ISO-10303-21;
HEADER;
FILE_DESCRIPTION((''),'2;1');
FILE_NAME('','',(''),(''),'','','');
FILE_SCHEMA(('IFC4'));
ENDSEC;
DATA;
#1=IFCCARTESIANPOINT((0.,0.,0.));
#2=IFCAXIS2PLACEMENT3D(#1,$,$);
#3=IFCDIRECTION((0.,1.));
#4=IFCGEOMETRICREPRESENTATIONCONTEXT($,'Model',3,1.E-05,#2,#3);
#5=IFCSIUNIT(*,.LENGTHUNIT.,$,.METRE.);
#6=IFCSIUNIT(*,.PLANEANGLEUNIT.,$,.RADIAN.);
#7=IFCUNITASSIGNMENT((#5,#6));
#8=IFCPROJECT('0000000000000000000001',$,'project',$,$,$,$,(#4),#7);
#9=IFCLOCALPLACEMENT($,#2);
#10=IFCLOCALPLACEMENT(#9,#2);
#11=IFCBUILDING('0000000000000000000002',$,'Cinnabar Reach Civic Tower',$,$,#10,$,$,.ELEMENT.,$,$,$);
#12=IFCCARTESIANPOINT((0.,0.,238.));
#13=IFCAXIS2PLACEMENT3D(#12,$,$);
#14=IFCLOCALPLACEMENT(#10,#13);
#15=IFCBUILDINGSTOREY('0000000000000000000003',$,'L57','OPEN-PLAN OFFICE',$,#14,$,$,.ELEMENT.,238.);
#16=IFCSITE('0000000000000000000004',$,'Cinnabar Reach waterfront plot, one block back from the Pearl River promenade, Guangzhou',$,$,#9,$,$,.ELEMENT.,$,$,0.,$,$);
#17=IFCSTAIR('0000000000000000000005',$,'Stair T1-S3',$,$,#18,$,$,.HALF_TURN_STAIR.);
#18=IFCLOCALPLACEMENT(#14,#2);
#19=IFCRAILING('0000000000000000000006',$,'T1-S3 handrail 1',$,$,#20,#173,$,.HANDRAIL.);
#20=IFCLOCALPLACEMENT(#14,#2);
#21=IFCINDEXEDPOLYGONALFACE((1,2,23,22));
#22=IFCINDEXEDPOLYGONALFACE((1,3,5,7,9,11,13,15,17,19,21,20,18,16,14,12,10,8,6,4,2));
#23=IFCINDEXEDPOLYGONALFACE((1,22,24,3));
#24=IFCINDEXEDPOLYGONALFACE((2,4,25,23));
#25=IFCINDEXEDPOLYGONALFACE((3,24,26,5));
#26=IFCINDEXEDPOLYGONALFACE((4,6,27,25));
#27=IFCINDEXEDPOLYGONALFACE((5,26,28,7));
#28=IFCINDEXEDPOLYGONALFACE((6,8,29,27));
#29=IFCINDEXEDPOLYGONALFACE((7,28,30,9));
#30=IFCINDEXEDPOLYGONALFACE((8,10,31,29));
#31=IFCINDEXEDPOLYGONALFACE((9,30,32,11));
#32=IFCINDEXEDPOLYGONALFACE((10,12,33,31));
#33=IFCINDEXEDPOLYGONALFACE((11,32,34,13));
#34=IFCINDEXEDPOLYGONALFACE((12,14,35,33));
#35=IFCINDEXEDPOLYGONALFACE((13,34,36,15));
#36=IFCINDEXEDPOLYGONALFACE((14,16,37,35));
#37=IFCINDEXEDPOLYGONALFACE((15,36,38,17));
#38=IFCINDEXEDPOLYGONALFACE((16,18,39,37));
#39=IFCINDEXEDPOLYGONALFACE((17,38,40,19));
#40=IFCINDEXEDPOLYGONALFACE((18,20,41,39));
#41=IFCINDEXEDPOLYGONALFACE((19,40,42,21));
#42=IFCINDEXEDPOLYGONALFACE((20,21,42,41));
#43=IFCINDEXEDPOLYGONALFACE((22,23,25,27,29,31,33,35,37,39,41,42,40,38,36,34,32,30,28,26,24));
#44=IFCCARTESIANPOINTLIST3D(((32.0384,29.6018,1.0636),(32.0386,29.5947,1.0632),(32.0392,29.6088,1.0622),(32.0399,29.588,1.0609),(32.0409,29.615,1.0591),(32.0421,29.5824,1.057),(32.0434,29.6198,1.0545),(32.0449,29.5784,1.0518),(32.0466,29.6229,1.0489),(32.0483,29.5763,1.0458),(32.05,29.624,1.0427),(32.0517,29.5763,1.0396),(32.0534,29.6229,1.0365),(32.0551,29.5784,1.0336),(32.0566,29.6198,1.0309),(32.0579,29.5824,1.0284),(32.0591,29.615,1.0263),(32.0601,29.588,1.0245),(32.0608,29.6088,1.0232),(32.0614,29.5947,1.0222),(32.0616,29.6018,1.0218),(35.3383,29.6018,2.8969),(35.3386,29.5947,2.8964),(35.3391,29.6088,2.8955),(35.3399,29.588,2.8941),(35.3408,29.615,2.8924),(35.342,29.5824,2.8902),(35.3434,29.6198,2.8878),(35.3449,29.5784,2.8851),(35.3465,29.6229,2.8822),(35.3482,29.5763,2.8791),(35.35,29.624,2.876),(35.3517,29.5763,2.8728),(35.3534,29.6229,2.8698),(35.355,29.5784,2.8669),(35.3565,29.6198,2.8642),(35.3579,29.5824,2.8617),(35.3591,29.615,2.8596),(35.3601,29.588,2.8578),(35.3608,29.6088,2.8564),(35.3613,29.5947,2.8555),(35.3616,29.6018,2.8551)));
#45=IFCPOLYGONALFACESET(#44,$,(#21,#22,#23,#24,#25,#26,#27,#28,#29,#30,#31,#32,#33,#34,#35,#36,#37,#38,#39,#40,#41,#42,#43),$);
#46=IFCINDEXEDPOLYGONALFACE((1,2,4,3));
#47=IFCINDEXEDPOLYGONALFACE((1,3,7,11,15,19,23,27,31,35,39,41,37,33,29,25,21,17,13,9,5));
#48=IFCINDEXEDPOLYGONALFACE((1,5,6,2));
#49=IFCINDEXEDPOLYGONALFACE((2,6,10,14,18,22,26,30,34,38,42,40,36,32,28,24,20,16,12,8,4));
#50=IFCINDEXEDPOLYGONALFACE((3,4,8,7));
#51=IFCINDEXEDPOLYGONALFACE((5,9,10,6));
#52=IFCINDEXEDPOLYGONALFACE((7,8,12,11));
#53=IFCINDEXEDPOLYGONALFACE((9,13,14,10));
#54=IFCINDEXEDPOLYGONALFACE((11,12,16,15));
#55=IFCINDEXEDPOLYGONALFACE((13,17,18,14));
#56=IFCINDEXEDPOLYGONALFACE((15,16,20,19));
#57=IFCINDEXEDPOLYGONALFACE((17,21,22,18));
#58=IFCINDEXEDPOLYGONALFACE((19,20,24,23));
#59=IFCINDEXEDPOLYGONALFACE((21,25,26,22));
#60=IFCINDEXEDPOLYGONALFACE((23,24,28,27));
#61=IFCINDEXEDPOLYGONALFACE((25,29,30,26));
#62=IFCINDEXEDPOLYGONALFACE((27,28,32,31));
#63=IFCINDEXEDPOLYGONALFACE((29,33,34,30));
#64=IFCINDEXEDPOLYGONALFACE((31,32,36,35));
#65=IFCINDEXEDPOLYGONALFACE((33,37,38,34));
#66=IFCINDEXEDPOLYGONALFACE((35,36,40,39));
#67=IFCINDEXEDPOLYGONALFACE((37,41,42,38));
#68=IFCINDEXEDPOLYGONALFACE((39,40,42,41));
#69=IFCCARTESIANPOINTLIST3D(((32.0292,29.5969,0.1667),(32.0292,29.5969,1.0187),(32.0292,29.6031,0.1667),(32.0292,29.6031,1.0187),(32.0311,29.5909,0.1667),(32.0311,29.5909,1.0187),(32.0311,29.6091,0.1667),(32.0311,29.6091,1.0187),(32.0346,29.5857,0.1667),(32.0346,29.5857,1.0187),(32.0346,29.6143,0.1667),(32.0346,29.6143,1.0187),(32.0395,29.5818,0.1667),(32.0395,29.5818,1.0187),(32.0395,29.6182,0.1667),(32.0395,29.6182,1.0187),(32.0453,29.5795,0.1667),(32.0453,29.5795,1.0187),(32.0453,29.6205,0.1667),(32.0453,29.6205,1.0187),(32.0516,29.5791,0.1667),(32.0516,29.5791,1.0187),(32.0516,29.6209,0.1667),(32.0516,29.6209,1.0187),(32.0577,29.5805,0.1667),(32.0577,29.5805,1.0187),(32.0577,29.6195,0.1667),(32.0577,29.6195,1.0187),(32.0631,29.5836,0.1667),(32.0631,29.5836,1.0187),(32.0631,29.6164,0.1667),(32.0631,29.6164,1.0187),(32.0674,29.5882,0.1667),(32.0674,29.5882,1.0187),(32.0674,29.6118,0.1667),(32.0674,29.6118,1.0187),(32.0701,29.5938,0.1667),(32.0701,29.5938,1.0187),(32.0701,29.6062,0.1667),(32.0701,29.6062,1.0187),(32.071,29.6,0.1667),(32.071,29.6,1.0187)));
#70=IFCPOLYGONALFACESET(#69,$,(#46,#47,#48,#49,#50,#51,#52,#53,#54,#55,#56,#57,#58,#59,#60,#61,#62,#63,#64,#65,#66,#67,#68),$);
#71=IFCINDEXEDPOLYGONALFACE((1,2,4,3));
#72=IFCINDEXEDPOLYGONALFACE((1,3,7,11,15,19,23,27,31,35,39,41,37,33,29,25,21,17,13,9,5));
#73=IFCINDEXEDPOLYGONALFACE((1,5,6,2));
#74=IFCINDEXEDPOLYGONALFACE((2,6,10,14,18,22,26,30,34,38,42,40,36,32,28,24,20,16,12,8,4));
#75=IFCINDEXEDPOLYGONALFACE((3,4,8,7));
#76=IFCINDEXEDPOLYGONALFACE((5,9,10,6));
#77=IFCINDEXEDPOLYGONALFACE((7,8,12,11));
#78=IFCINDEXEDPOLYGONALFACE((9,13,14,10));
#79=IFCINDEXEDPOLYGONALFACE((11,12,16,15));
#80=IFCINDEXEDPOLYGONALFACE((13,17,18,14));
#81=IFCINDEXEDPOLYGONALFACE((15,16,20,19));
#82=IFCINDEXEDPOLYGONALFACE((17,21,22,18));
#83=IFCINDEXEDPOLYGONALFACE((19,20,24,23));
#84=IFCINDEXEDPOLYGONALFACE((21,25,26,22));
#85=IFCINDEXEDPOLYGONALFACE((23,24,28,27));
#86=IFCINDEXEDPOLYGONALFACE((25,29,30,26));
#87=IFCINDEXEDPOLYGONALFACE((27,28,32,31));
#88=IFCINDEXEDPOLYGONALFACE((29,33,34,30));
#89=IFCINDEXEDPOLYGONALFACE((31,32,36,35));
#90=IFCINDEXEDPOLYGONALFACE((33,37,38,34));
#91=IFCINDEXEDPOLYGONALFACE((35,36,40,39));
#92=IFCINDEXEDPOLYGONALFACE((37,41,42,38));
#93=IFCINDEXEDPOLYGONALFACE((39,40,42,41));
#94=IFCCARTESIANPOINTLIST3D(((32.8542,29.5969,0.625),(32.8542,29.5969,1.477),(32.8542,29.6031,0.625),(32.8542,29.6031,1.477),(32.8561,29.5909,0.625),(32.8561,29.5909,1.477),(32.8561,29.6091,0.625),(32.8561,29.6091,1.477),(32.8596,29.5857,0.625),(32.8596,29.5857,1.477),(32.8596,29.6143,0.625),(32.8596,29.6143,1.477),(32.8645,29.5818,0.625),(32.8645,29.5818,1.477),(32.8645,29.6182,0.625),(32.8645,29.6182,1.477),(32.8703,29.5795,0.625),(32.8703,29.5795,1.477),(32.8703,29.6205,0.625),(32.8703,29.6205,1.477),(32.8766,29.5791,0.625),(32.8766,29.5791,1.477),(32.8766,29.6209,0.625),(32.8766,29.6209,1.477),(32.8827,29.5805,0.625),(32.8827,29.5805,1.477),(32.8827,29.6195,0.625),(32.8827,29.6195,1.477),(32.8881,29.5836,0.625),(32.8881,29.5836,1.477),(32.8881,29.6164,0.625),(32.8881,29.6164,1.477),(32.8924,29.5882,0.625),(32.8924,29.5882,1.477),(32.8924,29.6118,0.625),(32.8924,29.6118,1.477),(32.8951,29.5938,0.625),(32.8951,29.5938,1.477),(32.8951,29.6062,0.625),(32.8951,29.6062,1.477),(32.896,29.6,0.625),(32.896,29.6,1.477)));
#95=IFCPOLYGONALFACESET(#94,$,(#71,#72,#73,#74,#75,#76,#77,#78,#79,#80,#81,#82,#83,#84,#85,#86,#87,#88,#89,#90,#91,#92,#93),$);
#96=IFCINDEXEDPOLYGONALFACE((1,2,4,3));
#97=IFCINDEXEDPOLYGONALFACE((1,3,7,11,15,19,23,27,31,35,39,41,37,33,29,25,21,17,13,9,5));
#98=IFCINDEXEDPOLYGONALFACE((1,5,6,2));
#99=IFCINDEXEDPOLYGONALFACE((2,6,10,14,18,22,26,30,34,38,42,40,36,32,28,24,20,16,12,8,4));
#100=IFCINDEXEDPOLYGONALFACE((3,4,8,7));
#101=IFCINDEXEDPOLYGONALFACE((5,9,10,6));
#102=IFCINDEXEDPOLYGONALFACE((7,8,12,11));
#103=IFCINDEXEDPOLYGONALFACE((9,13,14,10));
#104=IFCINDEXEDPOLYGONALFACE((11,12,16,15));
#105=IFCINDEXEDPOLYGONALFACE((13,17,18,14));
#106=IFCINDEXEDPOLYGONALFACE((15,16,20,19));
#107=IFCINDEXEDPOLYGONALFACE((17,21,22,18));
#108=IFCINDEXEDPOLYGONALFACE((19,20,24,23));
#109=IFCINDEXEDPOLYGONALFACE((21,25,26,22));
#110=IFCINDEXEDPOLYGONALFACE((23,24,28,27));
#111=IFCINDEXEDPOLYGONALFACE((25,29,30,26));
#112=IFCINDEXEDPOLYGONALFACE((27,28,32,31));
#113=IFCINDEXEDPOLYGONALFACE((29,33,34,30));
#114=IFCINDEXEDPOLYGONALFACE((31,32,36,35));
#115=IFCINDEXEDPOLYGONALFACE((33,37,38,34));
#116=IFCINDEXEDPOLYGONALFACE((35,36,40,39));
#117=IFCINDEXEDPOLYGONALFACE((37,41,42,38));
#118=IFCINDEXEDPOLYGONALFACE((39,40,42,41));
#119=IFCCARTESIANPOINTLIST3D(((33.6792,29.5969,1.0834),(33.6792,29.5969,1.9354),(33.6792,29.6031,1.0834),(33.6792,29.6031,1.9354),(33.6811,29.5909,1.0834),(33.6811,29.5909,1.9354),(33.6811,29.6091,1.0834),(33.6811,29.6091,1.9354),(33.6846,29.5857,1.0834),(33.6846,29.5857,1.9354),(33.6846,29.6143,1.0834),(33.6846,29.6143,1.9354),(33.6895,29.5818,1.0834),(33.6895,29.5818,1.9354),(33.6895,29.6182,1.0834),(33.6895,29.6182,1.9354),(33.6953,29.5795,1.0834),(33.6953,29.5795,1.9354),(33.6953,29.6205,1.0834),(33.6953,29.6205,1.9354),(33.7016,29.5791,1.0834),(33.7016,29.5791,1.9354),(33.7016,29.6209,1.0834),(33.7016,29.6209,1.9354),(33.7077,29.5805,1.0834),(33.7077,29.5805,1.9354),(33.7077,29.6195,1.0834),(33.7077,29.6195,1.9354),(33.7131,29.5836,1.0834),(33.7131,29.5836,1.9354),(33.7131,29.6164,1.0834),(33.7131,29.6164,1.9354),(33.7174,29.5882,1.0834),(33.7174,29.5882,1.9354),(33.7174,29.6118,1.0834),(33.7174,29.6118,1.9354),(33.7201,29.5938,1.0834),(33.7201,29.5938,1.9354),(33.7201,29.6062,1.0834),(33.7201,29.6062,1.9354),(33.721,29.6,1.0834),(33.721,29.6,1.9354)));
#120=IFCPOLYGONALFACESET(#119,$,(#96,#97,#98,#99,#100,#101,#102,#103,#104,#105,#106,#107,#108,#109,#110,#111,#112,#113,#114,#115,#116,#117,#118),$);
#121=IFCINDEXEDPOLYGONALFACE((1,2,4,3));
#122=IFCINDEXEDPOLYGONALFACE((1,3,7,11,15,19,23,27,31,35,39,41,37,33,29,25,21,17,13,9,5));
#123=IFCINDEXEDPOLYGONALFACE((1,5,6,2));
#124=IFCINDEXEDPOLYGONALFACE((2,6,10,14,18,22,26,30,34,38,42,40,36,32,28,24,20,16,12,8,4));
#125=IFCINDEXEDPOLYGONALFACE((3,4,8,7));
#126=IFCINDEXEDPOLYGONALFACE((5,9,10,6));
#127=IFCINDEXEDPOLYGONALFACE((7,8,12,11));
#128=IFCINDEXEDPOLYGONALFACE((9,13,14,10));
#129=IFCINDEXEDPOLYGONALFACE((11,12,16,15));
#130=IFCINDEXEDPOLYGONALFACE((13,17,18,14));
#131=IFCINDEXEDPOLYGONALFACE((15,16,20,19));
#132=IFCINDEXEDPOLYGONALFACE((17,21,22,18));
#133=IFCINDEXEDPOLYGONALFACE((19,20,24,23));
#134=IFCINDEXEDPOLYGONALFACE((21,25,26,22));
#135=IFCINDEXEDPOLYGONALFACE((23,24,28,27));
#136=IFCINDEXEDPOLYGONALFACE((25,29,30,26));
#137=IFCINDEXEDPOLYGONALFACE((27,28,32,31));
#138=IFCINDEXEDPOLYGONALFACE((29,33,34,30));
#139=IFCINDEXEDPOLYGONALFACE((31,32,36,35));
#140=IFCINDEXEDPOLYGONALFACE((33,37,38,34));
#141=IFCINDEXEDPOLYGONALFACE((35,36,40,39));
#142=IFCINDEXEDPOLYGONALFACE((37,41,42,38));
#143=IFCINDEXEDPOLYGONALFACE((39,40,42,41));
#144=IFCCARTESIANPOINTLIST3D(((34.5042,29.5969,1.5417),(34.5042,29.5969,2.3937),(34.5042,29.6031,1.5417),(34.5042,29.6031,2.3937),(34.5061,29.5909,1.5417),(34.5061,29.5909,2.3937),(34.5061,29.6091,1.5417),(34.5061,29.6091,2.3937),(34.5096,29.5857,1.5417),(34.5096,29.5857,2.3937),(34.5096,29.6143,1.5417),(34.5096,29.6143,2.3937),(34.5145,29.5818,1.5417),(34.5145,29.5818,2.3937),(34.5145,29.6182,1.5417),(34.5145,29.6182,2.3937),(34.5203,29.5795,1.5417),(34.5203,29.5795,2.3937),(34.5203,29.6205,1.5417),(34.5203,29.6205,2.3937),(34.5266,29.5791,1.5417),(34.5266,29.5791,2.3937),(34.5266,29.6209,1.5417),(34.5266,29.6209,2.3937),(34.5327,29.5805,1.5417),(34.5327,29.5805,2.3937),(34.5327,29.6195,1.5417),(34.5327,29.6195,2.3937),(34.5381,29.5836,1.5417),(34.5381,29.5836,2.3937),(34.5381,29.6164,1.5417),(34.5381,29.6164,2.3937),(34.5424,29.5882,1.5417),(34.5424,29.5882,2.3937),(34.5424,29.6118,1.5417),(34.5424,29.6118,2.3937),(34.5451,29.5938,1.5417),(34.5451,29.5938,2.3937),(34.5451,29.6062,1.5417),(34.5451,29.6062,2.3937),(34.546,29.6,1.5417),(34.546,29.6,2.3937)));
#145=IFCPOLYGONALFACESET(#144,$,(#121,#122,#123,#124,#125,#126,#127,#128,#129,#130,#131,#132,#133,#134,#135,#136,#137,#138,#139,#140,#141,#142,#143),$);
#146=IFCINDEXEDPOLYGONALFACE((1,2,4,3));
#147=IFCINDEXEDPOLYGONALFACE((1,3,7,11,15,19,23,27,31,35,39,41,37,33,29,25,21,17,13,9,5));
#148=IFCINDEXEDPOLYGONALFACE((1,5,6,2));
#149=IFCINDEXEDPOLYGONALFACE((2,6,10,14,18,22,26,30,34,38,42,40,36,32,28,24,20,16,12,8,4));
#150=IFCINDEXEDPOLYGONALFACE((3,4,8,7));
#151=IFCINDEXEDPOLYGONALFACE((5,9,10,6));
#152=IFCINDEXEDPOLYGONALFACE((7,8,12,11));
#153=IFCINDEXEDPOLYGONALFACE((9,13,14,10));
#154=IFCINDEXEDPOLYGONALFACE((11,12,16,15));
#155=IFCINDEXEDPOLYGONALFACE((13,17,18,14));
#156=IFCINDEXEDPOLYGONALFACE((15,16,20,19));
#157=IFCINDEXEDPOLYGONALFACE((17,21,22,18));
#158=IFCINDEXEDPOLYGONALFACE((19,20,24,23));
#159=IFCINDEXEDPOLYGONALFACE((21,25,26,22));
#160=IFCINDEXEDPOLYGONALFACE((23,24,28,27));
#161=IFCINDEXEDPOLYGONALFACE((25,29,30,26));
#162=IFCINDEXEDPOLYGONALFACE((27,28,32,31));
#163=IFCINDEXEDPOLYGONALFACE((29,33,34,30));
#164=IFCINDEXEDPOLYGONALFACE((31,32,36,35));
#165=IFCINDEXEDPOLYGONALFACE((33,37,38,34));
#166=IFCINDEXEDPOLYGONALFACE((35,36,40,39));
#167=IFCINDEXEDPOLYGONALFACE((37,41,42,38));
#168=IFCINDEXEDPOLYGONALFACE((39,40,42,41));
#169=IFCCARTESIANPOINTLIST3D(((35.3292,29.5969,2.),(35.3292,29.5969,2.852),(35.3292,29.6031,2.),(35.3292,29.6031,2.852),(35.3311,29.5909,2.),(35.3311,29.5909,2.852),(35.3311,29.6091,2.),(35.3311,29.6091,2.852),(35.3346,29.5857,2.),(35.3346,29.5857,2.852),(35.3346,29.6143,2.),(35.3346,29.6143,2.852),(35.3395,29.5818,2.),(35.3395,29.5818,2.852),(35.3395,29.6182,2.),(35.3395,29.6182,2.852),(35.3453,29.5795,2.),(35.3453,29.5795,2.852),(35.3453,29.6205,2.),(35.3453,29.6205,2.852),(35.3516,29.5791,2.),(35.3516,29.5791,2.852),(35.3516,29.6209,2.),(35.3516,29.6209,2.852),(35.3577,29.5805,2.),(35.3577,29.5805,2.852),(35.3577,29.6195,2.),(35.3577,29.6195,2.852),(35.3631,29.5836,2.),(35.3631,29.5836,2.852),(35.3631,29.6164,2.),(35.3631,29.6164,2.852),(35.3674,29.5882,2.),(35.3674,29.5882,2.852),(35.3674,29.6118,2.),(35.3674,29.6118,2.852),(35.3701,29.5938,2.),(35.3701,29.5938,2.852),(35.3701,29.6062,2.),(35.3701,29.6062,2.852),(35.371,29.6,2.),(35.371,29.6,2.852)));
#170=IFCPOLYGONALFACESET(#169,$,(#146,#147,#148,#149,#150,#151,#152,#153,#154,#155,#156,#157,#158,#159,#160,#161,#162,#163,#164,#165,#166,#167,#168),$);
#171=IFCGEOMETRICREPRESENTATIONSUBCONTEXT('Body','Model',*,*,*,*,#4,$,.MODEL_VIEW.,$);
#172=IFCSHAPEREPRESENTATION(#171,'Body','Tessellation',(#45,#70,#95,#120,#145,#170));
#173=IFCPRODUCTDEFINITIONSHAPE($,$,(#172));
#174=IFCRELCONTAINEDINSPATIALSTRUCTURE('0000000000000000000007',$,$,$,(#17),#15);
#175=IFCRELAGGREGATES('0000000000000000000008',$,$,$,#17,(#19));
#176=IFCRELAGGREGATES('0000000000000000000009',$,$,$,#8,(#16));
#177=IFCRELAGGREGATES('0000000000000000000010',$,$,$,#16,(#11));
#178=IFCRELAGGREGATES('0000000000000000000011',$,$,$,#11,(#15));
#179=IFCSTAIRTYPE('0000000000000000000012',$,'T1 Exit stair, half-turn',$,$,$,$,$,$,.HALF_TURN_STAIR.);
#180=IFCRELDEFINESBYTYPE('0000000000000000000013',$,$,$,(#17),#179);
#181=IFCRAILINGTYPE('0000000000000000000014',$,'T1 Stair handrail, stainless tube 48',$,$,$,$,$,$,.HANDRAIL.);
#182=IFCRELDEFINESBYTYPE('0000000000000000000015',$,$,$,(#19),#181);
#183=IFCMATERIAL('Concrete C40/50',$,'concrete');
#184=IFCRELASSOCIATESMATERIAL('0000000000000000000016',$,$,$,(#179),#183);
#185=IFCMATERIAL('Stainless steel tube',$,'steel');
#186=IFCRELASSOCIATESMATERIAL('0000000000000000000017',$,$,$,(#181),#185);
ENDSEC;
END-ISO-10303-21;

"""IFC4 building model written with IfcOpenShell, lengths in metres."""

from ifc_helpers import new_model, si_unit, direction, frame, origin, origin_2d, place, context, subcontext, project, spatial, circle, extrude, material, type_object, element, aggregate, save


model = new_model("IFC4")

# Units and contexts
model_context = context("Model", 3, precision=1e-05, world=origin(), true_north=direction((0.0, 1.0)))
body_context = subcontext(model_context, "Body", "Model", "MODEL_VIEW")
ifc_project = project(units=[si_unit("LENGTHUNIT", "METRE"), si_unit("PLANEANGLEUNIT", "RADIAN")], contexts=[model_context])

# Site, building, storey
site_placement = place(None, origin())
site = spatial("IfcSite", under=ifc_project, at=site_placement, Name="Cinnabar Reach waterfront plot, one block back from the Pearl River promenade, Guangzhou", CompositionType="ELEMENT", RefElevation=0.0)
building_placement = place(site_placement, origin())
building = spatial("IfcBuilding", under=site, at=building_placement, Name="Cinnabar Reach Civic Tower", CompositionType="ELEMENT")
storey_placement = place(building_placement, frame((0.0, 0.0, 238.0)))
storey = spatial("IfcBuildingStorey", under=building, at=storey_placement, Name="L57", Description="OPEN-PLAN OFFICE", CompositionType="ELEMENT", Elevation=238.0)

# Stair, railing
ifc_material_1 = material(Name="Concrete C40/50", Category="concrete")
stair_type = type_object("IfcStairType", Name="T1 Exit stair, half-turn", PredefinedType="HALF_TURN_STAIR", material=ifc_material_1)
stair_placement = place(storey_placement, origin())
stair = element("IfcStair", 1, at=stair_placement, inside=storey, type_object=stair_type, Name="Stair T1-S3", PredefinedType="HALF_TURN_STAIR")
ifc_material_2 = material(Name="Stainless steel tube", Category="steel")
railing_type = type_object("IfcRailingType", Name="T1 Stair handrail, stainless tube 48", PredefinedType="HANDRAIL", material=ifc_material_2)
railing_placement = place(storey_placement, frame((32.05, 29.6, 0.1667)))
railing = element("IfcRailing", 2, at=railing_placement, type_object=railing_type, Name="T1-S3 handrail 1", PredefinedType="HANDRAIL", context=body_context, shape_type="SweptSolid", body=[
    extrude(circle(Radius=0.024, at=origin_2d()), frame((0.0, 0.0, 0.876), z_axis=(0.874161, 0.0, 0.485636), x_axis=(0.0, 1.0, 0.0)), (0.0, 0.0, 1.0), 3.775),
    extrude(circle(Radius=0.021, at=origin_2d()), origin(), (0.0, 0.0, 1.0), 0.852),
    extrude(circle(Radius=0.021, at=origin_2d()), frame((0.825, 0.0, 0.4583)), (0.0, 0.0, 1.0), 0.852),
    extrude(circle(Radius=0.021, at=origin_2d()), frame((1.65, 0.0, 0.9167)), (0.0, 0.0, 1.0), 0.852),
    extrude(circle(Radius=0.021, at=origin_2d()), frame((2.475, 0.0, 1.375)), (0.0, 0.0, 1.0), 0.852),
    extrude(circle(Radius=0.021, at=origin_2d()), frame((3.3, 0.0, 1.8333)), (0.0, 0.0, 1.0), 0.852),
])
aggregate(stair, [railing])

save(model, "model.ifc")
